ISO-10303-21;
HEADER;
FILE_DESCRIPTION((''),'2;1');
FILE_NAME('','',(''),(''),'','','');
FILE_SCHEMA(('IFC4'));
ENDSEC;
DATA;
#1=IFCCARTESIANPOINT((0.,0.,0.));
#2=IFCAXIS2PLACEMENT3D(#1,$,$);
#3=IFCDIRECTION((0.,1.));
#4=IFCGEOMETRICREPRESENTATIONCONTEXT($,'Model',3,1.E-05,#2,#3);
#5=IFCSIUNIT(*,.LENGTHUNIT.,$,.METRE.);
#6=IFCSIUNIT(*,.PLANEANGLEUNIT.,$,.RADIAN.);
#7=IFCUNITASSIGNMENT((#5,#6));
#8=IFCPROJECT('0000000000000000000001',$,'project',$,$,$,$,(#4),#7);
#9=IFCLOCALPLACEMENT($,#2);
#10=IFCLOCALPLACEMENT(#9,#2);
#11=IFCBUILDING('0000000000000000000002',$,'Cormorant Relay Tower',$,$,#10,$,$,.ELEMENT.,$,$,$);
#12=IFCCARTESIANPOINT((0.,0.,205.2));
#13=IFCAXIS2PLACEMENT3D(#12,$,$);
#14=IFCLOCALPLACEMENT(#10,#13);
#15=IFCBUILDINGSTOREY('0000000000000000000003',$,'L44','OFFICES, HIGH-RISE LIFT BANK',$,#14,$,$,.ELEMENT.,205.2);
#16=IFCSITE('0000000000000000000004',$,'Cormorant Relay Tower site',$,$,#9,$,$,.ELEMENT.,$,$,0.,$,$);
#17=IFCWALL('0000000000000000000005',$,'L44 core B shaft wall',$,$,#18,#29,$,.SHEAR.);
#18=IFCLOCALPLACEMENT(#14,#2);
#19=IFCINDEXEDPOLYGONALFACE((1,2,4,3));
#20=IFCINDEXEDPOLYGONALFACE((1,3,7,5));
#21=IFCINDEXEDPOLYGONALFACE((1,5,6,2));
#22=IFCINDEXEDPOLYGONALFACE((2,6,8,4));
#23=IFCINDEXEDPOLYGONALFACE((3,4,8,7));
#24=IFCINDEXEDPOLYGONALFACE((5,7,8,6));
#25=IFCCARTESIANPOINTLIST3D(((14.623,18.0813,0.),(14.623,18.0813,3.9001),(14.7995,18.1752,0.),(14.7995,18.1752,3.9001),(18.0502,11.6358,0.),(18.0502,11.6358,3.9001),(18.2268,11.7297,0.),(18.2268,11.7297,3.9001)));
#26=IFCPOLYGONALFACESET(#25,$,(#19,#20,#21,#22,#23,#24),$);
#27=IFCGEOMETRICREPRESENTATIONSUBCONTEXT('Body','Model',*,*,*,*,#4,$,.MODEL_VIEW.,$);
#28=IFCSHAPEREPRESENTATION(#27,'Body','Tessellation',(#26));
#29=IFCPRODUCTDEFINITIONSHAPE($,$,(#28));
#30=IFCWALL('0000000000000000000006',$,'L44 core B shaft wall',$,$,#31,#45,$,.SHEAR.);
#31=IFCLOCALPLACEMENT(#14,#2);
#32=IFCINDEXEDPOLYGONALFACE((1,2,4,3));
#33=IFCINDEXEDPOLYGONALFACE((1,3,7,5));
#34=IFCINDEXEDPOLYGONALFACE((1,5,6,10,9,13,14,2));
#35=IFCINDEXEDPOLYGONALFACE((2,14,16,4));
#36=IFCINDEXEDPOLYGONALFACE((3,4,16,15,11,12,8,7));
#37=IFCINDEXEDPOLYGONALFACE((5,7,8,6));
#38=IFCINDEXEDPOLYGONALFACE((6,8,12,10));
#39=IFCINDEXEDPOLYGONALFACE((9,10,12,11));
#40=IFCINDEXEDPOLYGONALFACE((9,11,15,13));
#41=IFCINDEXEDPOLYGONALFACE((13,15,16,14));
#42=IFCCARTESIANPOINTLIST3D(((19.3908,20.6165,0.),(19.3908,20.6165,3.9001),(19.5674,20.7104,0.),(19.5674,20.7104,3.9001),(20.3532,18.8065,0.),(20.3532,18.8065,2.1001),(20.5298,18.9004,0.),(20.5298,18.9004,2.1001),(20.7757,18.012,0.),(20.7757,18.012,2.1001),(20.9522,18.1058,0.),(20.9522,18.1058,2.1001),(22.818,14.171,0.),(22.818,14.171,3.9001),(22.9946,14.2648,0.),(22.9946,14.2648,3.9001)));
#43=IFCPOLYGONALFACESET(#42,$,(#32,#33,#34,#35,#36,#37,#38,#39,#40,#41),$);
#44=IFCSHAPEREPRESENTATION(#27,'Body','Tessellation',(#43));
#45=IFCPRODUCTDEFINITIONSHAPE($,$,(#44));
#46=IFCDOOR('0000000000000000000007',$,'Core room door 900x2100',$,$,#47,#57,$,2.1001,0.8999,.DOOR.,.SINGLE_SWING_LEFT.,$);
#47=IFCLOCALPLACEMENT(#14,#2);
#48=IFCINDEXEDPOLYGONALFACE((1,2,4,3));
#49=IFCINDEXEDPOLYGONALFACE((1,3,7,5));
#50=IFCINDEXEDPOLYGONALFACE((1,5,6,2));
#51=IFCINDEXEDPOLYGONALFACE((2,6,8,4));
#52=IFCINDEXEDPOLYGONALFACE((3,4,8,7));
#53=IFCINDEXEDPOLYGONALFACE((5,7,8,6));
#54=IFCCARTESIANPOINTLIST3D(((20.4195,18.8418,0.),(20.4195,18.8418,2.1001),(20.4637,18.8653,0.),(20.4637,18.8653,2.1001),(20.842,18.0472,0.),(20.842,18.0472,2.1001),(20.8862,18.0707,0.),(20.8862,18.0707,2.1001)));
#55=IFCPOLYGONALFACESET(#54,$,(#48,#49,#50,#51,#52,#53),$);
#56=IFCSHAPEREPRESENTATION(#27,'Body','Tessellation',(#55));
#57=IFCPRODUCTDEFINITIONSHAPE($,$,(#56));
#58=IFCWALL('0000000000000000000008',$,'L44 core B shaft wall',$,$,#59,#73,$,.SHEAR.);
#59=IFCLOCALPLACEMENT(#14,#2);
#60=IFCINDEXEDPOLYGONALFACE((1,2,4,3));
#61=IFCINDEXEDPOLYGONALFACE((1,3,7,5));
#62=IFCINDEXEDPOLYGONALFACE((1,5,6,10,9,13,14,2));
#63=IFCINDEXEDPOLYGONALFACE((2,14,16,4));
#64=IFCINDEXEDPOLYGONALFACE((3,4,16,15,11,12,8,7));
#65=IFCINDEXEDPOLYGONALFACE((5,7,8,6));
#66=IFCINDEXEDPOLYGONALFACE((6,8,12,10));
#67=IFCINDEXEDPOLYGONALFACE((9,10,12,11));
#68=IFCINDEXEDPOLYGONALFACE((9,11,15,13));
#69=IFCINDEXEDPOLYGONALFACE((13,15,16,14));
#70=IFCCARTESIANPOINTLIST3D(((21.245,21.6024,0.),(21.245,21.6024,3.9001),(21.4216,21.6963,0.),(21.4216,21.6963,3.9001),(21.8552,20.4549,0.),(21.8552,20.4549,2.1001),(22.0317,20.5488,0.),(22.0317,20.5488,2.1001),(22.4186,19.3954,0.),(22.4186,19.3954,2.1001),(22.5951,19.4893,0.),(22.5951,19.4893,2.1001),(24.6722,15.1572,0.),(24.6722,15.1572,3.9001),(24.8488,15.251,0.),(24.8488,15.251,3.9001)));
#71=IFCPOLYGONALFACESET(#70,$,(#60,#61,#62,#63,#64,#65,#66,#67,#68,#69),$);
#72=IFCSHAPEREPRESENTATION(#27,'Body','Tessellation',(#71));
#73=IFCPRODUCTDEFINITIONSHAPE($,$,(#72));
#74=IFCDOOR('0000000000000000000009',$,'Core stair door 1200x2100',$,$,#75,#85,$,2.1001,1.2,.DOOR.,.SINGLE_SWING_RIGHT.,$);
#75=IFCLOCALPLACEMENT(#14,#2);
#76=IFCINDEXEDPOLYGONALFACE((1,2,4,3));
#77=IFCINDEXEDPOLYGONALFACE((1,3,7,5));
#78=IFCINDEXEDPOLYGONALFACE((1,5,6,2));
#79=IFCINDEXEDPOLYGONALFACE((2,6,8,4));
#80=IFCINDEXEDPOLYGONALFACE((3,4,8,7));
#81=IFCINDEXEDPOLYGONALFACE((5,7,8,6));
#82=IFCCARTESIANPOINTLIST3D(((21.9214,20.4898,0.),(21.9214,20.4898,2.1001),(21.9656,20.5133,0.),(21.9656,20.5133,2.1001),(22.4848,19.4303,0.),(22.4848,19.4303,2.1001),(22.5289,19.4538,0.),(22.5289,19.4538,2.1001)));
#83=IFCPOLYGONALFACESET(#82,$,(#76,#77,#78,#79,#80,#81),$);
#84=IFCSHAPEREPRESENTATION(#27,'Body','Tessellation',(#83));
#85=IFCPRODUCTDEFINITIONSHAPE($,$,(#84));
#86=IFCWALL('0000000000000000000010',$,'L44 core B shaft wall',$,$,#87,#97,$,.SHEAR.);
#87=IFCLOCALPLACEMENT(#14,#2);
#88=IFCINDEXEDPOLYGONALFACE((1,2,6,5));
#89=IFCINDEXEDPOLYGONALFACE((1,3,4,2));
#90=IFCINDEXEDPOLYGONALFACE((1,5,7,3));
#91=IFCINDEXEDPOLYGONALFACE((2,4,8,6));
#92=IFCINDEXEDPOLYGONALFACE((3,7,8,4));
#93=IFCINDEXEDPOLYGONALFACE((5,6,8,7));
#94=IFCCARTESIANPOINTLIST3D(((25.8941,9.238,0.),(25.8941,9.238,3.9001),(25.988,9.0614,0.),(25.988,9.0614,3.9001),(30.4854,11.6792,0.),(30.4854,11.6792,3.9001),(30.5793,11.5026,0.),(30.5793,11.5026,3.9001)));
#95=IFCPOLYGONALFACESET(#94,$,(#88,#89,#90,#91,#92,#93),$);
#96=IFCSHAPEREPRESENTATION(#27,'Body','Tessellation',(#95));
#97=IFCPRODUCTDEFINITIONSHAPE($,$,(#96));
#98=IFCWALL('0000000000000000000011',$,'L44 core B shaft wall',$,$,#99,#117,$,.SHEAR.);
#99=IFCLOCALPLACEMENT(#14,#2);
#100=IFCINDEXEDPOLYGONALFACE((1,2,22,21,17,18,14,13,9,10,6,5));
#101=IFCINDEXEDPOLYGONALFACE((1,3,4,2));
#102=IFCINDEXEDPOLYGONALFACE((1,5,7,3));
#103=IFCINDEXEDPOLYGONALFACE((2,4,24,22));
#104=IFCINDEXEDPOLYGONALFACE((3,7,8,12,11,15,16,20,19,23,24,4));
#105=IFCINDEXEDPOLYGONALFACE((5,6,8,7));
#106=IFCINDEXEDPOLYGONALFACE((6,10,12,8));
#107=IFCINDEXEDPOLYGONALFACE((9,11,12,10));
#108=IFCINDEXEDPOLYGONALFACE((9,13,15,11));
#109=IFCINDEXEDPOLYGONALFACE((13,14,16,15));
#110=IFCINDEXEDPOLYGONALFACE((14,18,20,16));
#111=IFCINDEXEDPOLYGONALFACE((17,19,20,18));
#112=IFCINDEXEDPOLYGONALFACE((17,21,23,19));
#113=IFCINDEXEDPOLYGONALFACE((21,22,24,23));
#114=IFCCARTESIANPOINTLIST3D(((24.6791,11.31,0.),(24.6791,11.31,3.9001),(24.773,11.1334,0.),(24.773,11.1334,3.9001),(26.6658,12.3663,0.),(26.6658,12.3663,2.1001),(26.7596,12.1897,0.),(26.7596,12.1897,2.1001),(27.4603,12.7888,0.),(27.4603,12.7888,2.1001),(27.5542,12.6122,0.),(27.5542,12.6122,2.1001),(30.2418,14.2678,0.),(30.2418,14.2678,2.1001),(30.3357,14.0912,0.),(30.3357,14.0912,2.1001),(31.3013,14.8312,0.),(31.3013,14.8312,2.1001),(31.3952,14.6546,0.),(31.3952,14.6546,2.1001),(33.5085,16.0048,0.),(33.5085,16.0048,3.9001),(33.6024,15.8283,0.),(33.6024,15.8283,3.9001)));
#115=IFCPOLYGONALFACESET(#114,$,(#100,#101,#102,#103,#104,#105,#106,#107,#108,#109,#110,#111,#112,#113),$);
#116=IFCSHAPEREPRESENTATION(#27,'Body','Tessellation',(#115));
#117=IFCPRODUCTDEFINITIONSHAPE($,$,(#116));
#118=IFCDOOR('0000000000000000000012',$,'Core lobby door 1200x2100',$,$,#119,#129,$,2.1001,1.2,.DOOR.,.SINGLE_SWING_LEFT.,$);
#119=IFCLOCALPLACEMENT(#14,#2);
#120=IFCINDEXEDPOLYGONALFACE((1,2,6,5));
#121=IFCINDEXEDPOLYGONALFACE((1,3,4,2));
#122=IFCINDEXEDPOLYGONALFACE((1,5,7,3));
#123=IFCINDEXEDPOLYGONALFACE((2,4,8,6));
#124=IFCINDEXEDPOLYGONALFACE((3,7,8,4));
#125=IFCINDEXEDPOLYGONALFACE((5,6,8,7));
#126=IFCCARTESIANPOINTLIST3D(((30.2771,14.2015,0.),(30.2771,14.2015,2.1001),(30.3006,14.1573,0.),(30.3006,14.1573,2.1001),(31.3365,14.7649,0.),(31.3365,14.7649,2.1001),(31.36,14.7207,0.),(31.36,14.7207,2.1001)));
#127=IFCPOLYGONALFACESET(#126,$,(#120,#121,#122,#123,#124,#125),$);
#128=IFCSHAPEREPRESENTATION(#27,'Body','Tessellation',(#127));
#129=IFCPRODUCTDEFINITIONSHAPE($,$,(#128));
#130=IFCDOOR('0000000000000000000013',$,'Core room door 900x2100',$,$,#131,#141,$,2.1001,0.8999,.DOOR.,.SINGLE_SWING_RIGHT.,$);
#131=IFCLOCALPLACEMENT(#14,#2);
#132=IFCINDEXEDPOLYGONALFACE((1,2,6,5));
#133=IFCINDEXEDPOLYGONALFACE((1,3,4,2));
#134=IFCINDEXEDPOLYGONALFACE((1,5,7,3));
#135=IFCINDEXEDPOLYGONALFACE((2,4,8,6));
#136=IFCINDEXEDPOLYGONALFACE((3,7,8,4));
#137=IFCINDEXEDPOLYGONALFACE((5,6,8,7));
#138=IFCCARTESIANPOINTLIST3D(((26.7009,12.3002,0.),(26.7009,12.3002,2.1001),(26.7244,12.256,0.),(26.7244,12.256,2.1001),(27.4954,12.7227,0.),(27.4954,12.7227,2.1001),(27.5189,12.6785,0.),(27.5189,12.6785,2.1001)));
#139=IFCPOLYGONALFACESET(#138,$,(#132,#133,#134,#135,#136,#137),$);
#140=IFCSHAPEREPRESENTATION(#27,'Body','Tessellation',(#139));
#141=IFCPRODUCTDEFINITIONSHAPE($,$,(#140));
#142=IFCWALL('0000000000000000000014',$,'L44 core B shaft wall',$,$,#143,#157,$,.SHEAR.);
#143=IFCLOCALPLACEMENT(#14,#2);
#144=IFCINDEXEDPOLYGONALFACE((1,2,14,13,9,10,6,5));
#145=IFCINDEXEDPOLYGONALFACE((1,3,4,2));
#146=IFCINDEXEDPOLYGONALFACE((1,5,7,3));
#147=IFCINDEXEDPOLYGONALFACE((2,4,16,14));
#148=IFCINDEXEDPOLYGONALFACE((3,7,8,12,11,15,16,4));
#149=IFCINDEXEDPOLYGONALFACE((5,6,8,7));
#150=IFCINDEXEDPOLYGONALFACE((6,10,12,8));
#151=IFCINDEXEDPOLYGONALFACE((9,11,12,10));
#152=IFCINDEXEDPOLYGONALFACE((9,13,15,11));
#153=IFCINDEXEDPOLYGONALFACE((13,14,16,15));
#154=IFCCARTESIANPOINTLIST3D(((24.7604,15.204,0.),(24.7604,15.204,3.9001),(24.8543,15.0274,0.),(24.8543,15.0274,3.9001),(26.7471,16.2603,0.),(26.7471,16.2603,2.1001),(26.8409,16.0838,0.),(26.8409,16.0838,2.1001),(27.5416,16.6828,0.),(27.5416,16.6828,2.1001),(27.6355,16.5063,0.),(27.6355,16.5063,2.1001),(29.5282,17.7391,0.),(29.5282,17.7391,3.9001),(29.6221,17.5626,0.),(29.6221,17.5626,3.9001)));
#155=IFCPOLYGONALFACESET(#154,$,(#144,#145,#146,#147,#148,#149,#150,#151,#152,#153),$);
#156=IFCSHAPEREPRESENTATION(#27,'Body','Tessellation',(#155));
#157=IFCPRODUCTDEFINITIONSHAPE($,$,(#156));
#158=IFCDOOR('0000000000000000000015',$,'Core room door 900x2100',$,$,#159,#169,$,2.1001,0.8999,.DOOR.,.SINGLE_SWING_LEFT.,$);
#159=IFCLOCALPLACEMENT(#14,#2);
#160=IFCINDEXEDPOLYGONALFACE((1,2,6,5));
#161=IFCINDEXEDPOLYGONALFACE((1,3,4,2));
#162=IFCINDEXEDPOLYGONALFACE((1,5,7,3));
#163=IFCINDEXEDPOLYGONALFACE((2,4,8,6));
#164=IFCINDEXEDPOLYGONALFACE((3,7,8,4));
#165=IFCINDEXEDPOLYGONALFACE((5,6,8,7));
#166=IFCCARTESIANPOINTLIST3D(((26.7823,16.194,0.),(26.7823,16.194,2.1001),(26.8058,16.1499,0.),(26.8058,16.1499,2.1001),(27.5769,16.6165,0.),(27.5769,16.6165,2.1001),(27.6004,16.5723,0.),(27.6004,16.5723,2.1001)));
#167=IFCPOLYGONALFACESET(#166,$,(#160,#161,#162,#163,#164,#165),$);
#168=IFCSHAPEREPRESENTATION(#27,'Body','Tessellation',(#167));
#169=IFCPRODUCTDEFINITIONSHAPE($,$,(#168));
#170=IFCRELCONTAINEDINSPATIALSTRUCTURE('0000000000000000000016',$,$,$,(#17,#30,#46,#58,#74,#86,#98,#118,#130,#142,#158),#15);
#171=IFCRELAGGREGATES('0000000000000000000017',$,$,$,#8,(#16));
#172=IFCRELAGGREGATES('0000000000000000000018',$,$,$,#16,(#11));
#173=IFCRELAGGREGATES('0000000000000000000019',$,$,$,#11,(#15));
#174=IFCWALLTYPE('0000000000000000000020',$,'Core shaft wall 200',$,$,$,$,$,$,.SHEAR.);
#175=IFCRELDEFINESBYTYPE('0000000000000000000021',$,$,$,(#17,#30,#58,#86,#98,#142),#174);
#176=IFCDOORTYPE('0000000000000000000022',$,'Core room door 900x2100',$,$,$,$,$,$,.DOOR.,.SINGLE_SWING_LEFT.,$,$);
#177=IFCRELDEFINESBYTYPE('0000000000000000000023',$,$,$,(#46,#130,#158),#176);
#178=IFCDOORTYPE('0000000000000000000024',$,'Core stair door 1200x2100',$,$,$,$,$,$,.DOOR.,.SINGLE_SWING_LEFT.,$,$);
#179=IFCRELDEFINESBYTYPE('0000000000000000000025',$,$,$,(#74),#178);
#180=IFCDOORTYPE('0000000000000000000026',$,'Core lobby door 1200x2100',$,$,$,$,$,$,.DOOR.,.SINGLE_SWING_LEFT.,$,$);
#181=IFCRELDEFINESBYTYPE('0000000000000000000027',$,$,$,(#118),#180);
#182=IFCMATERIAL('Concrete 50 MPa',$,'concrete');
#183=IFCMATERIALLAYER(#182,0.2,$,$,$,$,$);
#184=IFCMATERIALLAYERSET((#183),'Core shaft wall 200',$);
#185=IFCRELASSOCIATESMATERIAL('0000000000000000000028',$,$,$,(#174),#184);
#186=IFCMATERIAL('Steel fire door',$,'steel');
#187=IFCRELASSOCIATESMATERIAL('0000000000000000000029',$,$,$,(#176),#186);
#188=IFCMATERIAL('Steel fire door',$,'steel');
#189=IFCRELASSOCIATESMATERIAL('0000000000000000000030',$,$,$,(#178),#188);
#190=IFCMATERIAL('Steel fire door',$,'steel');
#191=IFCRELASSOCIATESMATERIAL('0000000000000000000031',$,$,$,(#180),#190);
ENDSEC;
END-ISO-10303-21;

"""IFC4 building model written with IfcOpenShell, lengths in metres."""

from ifc_helpers import new_model, si_unit, direction, frame, frame_2d, origin, place, context, subcontext, project, spatial, rectangle, extrude, material, layer, layer_set, type_object, element, fill, save


model = new_model("IFC4")

# Units and contexts
model_context = context("Model", 3, precision=1e-05, world=origin(), true_north=direction((0.0, 1.0)))
body_context = subcontext(model_context, "Body", "Model", "MODEL_VIEW")
ifc_project = project(units=[si_unit("LENGTHUNIT", "METRE"), si_unit("PLANEANGLEUNIT", "RADIAN")], contexts=[model_context])

# Site, building, storey
site_placement = place(None, origin())
site = spatial("IfcSite", under=ifc_project, at=site_placement, Name="Cormorant Relay Tower site", CompositionType="ELEMENT", RefElevation=0.0)
building_placement = place(site_placement, origin())
building = spatial("IfcBuilding", under=site, at=building_placement, Name="Cormorant Relay Tower", CompositionType="ELEMENT")
storey_placement = place(building_placement, frame((0.0, 0.0, 205.2)))
storey = spatial("IfcBuildingStorey", under=building, at=storey_placement, Name="L44", Description="OFFICES, HIGH-RISE LIFT BANK", CompositionType="ELEMENT", Elevation=205.2)

# Wall
ifc_material_1 = material(Name="Concrete 50 MPa", Category="concrete")
ifc_layer = layer(ifc_material_1, 0.2)
ifc_layer_set = layer_set([ifc_layer], Name="Core shaft wall 200")
wall_type = type_object("IfcWallType", Name="Core shaft wall 200", PredefinedType="SHEAR", material=ifc_layer_set)
wall_1_placement = place(storey_placement, frame((18.1384, 11.6829, 0.0), z_axis=(0.0, 0.0, 1.0), x_axis=(-0.46948, 0.882943, 0.0)))
element("IfcWall", 1, at=wall_1_placement, inside=storey, type_object=wall_type, Name="L44 core B shaft wall", PredefinedType="SHEAR", context=body_context, shape_type="SweptSolid", body=[
    extrude(rectangle(XDim=7.3, YDim=0.2, at=frame_2d((3.6499, 0.0))), origin(), (0.0, 0.0, 1.0), 3.9001),
])

# Walls, openings, doors
wall_2_placement = place(storey_placement, frame((22.9062, 14.218, 0.0), z_axis=(0.0, 0.0, 1.0), x_axis=(-0.46948, 0.882943, 0.0)))
wall_2 = element("IfcWall", 2, at=wall_2_placement, inside=storey, type_object=wall_type, Name="L44 core B shaft wall", PredefinedType="SHEAR", context=body_context, shape_type="SweptSolid", body=[
    extrude(rectangle(XDim=7.3, YDim=0.2, at=frame_2d((3.6499, 0.0))), origin(), (0.0, 0.0, 1.0), 3.9001),
])
opening_1_placement = place(wall_2_placement, frame((4.3501, 0.0, 0.0)))
opening_1 = element("IfcOpeningElement", 3, at=opening_1_placement, cuts=wall_2, PredefinedType="OPENING", context=body_context, shape_type="SweptSolid", body=[
    extrude(rectangle(XDim=0.8999, YDim=2.1001, at=frame_2d((0.45, 1.05))), frame((0.0, 0.1099, 0.0), z_axis=(0.0, -1.0, 0.0), x_axis=(1.0, 0.0, 0.0)), (0.0, 0.0, 1.0), 0.22),
])
ifc_material_2 = material(Name="Steel fire door", Category="steel")
door_type_1 = type_object("IfcDoorType", Name="Core room door 900x2100", OperationType="SINGLE_SWING_LEFT", PredefinedType="DOOR", material=ifc_material_2)
door_1_placement = place(opening_1_placement, origin())
door_1 = element("IfcDoor", 4, at=door_1_placement, inside=storey, type_object=door_type_1, Name="Core room door 900x2100", OperationType="SINGLE_SWING_LEFT", OverallHeight=2.1001, OverallWidth=0.8999, PredefinedType="DOOR", context=body_context, shape_type="SweptSolid", body=[
    extrude(rectangle(XDim=0.8999, YDim=2.1001, at=frame_2d((0.45, 1.05))), frame((0.0, 0.0249, 0.0), z_axis=(0.0, -1.0, 0.0), x_axis=(1.0, 0.0, 0.0)), (0.0, 0.0, 1.0), 0.05),
])
fill(opening_1, door_1)
wall_3_placement = place(storey_placement, frame((24.7605, 15.2041, 0.0), z_axis=(0.0, 0.0, 1.0), x_axis=(-0.469494, 0.882936, 0.0)))
wall_3 = element("IfcWall", 5, at=wall_3_placement, inside=storey, type_object=wall_type, Name="L44 core B shaft wall", PredefinedType="SHEAR", context=body_context, shape_type="SweptSolid", body=[
    extrude(rectangle(XDim=7.2998, YDim=0.2, at=frame_2d((3.6499, 0.0))), origin(), (0.0, 0.0, 1.0), 3.9001),
])
opening_2_placement = place(wall_3_placement, frame((4.8, 0.0, 0.0)))
opening_2 = element("IfcOpeningElement", 6, at=opening_2_placement, cuts=wall_3, PredefinedType="OPENING", context=body_context, shape_type="SweptSolid", body=[
    extrude(rectangle(XDim=1.2, YDim=2.1001, at=frame_2d((0.6001, 1.05))), frame((0.0, 0.1099, 0.0), z_axis=(0.0, -1.0, 0.0), x_axis=(1.0, 0.0, 0.0)), (0.0, 0.0, 1.0), 0.22),
])
ifc_material_3 = material(Name="Steel fire door", Category="steel")
door_type_2 = type_object("IfcDoorType", Name="Core stair door 1200x2100", OperationType="SINGLE_SWING_LEFT", PredefinedType="DOOR", material=ifc_material_3)
door_2_placement = place(opening_2_placement, frame((1.2, 0.0, 0.0), z_axis=(0.0, 0.0, 1.0), x_axis=(-1.0, 0.0, 0.0)))
door_2 = element("IfcDoor", 7, at=door_2_placement, inside=storey, type_object=door_type_2, Name="Core stair door 1200x2100", OperationType="SINGLE_SWING_RIGHT", OverallHeight=2.1001, OverallWidth=1.2, PredefinedType="DOOR", context=body_context, shape_type="SweptSolid", body=[
    extrude(rectangle(XDim=1.2, YDim=2.1001, at=frame_2d((0.6001, 1.05))), frame((0.0, 0.0249, 0.0), z_axis=(0.0, -1.0, 0.0), x_axis=(1.0, 0.0, 0.0)), (0.0, 0.0, 1.0), 0.05),
])
fill(opening_2, door_2)

# Wall
wall_4_placement = place(storey_placement, frame((25.9409, 9.1497, 0.0), z_axis=(0.0, 0.0, 1.0), x_axis=(0.882954, 0.46946, 0.0)))
element("IfcWall", 8, at=wall_4_placement, inside=storey, type_object=wall_type, Name="L44 core B shaft wall", PredefinedType="SHEAR", context=body_context, shape_type="SweptSolid", body=[
    extrude(rectangle(XDim=5.2, YDim=0.2, at=frame_2d((2.6001, 0.0))), origin(), (0.0, 0.0, 1.0), 3.9001),
])

# Wall, openings, doors
wall_5_placement = place(storey_placement, frame((24.7261, 11.2217, 0.0), z_axis=(0.0, 0.0, 1.0), x_axis=(0.88294, 0.469485, 0.0)))
wall_5 = element("IfcWall", 9, at=wall_5_placement, inside=storey, type_object=wall_type, Name="L44 core B shaft wall", PredefinedType="SHEAR", context=body_context, shape_type="SweptSolid", body=[
    extrude(rectangle(XDim=10.0, YDim=0.2, at=frame_2d((5.0, 0.0))), origin(), (0.0, 0.0, 1.0), 3.9001),
])
opening_3_placement = place(wall_5_placement, frame((6.3, 0.0, 0.0)))
opening_3 = element("IfcOpeningElement", 10, at=opening_3_placement, cuts=wall_5, PredefinedType="OPENING", context=body_context, shape_type="SweptSolid", body=[
    extrude(rectangle(XDim=1.2, YDim=2.1001, at=frame_2d((0.6001, 1.05))), frame((0.0, 0.1099, 0.0), z_axis=(0.0, -1.0, 0.0), x_axis=(1.0, 0.0, 0.0)), (0.0, 0.0, 1.0), 0.22),
])
opening_4_placement = place(wall_5_placement, frame((2.25, 0.0, 0.0)))
opening_4 = element("IfcOpeningElement", 11, at=opening_4_placement, cuts=wall_5, PredefinedType="OPENING", context=body_context, shape_type="SweptSolid", body=[
    extrude(rectangle(XDim=0.8999, YDim=2.1001, at=frame_2d((0.45, 1.05))), frame((0.0, 0.1099, 0.0), z_axis=(0.0, -1.0, 0.0), x_axis=(1.0, 0.0, 0.0)), (0.0, 0.0, 1.0), 0.22),
])
ifc_material_4 = material(Name="Steel fire door", Category="steel")
door_type_3 = type_object("IfcDoorType", Name="Core lobby door 1200x2100", OperationType="SINGLE_SWING_LEFT", PredefinedType="DOOR", material=ifc_material_4)
door_3_placement = place(opening_3_placement, origin())
door_3 = element("IfcDoor", 12, at=door_3_placement, inside=storey, type_object=door_type_3, Name="Core lobby door 1200x2100", OperationType="SINGLE_SWING_LEFT", OverallHeight=2.1001, OverallWidth=1.2, PredefinedType="DOOR", context=body_context, shape_type="SweptSolid", body=[
    extrude(rectangle(XDim=1.2, YDim=2.1001, at=frame_2d((0.6001, 1.05))), frame((0.0, 0.0249, 0.0), z_axis=(0.0, -1.0, 0.0), x_axis=(1.0, 0.0, 0.0)), (0.0, 0.0, 1.0), 0.05),
])
fill(opening_3, door_3)
door_4_placement = place(opening_4_placement, frame((0.8999, 0.0, 0.0), z_axis=(0.0, 0.0, 1.0), x_axis=(-1.0, 0.0, 0.0)))
door_4 = element("IfcDoor", 13, at=door_4_placement, inside=storey, type_object=door_type_1, Name="Core room door 900x2100", OperationType="SINGLE_SWING_RIGHT", OverallHeight=2.1001, OverallWidth=0.8999, PredefinedType="DOOR", context=body_context, shape_type="SweptSolid", body=[
    extrude(rectangle(XDim=0.8999, YDim=2.1001, at=frame_2d((0.45, 1.05))), frame((0.0, 0.0249, 0.0), z_axis=(0.0, -1.0, 0.0), x_axis=(1.0, 0.0, 0.0)), (0.0, 0.0, 1.0), 0.05),
])
fill(opening_4, door_4)

# Wall, opening, door
wall_6_placement = place(storey_placement, frame((24.8074, 15.1157, 0.0), z_axis=(0.0, 0.0, 1.0), x_axis=(0.882943, 0.46948, 0.0)))
wall_6 = element("IfcWall", 14, at=wall_6_placement, inside=storey, type_object=wall_type, Name="L44 core B shaft wall", PredefinedType="SHEAR", context=body_context, shape_type="SweptSolid", body=[
    extrude(rectangle(XDim=5.3999, YDim=0.2, at=frame_2d((2.7, 0.0))), origin(), (0.0, 0.0, 1.0), 3.9001),
])
opening_5_placement = place(wall_6_placement, frame((2.25, 0.0, 0.0)))
opening_5 = element("IfcOpeningElement", 15, at=opening_5_placement, cuts=wall_6, PredefinedType="OPENING", context=body_context, shape_type="SweptSolid", body=[
    extrude(rectangle(XDim=0.8999, YDim=2.1001, at=frame_2d((0.45, 1.05))), frame((0.0, 0.1099, 0.0), z_axis=(0.0, -1.0, 0.0), x_axis=(1.0, 0.0, 0.0)), (0.0, 0.0, 1.0), 0.22),
])
door_5_placement = place(opening_5_placement, origin())
door_5 = element("IfcDoor", 16, at=door_5_placement, inside=storey, type_object=door_type_1, Name="Core room door 900x2100", OperationType="SINGLE_SWING_LEFT", OverallHeight=2.1001, OverallWidth=0.8999, PredefinedType="DOOR", context=body_context, shape_type="SweptSolid", body=[
    extrude(rectangle(XDim=0.8999, YDim=2.1001, at=frame_2d((0.45, 1.05))), frame((0.0, 0.0249, 0.0), z_axis=(0.0, -1.0, 0.0), x_axis=(1.0, 0.0, 0.0)), (0.0, 0.0, 1.0), 0.05),
])
fill(opening_5, door_5)

save(model, "model.ifc")
